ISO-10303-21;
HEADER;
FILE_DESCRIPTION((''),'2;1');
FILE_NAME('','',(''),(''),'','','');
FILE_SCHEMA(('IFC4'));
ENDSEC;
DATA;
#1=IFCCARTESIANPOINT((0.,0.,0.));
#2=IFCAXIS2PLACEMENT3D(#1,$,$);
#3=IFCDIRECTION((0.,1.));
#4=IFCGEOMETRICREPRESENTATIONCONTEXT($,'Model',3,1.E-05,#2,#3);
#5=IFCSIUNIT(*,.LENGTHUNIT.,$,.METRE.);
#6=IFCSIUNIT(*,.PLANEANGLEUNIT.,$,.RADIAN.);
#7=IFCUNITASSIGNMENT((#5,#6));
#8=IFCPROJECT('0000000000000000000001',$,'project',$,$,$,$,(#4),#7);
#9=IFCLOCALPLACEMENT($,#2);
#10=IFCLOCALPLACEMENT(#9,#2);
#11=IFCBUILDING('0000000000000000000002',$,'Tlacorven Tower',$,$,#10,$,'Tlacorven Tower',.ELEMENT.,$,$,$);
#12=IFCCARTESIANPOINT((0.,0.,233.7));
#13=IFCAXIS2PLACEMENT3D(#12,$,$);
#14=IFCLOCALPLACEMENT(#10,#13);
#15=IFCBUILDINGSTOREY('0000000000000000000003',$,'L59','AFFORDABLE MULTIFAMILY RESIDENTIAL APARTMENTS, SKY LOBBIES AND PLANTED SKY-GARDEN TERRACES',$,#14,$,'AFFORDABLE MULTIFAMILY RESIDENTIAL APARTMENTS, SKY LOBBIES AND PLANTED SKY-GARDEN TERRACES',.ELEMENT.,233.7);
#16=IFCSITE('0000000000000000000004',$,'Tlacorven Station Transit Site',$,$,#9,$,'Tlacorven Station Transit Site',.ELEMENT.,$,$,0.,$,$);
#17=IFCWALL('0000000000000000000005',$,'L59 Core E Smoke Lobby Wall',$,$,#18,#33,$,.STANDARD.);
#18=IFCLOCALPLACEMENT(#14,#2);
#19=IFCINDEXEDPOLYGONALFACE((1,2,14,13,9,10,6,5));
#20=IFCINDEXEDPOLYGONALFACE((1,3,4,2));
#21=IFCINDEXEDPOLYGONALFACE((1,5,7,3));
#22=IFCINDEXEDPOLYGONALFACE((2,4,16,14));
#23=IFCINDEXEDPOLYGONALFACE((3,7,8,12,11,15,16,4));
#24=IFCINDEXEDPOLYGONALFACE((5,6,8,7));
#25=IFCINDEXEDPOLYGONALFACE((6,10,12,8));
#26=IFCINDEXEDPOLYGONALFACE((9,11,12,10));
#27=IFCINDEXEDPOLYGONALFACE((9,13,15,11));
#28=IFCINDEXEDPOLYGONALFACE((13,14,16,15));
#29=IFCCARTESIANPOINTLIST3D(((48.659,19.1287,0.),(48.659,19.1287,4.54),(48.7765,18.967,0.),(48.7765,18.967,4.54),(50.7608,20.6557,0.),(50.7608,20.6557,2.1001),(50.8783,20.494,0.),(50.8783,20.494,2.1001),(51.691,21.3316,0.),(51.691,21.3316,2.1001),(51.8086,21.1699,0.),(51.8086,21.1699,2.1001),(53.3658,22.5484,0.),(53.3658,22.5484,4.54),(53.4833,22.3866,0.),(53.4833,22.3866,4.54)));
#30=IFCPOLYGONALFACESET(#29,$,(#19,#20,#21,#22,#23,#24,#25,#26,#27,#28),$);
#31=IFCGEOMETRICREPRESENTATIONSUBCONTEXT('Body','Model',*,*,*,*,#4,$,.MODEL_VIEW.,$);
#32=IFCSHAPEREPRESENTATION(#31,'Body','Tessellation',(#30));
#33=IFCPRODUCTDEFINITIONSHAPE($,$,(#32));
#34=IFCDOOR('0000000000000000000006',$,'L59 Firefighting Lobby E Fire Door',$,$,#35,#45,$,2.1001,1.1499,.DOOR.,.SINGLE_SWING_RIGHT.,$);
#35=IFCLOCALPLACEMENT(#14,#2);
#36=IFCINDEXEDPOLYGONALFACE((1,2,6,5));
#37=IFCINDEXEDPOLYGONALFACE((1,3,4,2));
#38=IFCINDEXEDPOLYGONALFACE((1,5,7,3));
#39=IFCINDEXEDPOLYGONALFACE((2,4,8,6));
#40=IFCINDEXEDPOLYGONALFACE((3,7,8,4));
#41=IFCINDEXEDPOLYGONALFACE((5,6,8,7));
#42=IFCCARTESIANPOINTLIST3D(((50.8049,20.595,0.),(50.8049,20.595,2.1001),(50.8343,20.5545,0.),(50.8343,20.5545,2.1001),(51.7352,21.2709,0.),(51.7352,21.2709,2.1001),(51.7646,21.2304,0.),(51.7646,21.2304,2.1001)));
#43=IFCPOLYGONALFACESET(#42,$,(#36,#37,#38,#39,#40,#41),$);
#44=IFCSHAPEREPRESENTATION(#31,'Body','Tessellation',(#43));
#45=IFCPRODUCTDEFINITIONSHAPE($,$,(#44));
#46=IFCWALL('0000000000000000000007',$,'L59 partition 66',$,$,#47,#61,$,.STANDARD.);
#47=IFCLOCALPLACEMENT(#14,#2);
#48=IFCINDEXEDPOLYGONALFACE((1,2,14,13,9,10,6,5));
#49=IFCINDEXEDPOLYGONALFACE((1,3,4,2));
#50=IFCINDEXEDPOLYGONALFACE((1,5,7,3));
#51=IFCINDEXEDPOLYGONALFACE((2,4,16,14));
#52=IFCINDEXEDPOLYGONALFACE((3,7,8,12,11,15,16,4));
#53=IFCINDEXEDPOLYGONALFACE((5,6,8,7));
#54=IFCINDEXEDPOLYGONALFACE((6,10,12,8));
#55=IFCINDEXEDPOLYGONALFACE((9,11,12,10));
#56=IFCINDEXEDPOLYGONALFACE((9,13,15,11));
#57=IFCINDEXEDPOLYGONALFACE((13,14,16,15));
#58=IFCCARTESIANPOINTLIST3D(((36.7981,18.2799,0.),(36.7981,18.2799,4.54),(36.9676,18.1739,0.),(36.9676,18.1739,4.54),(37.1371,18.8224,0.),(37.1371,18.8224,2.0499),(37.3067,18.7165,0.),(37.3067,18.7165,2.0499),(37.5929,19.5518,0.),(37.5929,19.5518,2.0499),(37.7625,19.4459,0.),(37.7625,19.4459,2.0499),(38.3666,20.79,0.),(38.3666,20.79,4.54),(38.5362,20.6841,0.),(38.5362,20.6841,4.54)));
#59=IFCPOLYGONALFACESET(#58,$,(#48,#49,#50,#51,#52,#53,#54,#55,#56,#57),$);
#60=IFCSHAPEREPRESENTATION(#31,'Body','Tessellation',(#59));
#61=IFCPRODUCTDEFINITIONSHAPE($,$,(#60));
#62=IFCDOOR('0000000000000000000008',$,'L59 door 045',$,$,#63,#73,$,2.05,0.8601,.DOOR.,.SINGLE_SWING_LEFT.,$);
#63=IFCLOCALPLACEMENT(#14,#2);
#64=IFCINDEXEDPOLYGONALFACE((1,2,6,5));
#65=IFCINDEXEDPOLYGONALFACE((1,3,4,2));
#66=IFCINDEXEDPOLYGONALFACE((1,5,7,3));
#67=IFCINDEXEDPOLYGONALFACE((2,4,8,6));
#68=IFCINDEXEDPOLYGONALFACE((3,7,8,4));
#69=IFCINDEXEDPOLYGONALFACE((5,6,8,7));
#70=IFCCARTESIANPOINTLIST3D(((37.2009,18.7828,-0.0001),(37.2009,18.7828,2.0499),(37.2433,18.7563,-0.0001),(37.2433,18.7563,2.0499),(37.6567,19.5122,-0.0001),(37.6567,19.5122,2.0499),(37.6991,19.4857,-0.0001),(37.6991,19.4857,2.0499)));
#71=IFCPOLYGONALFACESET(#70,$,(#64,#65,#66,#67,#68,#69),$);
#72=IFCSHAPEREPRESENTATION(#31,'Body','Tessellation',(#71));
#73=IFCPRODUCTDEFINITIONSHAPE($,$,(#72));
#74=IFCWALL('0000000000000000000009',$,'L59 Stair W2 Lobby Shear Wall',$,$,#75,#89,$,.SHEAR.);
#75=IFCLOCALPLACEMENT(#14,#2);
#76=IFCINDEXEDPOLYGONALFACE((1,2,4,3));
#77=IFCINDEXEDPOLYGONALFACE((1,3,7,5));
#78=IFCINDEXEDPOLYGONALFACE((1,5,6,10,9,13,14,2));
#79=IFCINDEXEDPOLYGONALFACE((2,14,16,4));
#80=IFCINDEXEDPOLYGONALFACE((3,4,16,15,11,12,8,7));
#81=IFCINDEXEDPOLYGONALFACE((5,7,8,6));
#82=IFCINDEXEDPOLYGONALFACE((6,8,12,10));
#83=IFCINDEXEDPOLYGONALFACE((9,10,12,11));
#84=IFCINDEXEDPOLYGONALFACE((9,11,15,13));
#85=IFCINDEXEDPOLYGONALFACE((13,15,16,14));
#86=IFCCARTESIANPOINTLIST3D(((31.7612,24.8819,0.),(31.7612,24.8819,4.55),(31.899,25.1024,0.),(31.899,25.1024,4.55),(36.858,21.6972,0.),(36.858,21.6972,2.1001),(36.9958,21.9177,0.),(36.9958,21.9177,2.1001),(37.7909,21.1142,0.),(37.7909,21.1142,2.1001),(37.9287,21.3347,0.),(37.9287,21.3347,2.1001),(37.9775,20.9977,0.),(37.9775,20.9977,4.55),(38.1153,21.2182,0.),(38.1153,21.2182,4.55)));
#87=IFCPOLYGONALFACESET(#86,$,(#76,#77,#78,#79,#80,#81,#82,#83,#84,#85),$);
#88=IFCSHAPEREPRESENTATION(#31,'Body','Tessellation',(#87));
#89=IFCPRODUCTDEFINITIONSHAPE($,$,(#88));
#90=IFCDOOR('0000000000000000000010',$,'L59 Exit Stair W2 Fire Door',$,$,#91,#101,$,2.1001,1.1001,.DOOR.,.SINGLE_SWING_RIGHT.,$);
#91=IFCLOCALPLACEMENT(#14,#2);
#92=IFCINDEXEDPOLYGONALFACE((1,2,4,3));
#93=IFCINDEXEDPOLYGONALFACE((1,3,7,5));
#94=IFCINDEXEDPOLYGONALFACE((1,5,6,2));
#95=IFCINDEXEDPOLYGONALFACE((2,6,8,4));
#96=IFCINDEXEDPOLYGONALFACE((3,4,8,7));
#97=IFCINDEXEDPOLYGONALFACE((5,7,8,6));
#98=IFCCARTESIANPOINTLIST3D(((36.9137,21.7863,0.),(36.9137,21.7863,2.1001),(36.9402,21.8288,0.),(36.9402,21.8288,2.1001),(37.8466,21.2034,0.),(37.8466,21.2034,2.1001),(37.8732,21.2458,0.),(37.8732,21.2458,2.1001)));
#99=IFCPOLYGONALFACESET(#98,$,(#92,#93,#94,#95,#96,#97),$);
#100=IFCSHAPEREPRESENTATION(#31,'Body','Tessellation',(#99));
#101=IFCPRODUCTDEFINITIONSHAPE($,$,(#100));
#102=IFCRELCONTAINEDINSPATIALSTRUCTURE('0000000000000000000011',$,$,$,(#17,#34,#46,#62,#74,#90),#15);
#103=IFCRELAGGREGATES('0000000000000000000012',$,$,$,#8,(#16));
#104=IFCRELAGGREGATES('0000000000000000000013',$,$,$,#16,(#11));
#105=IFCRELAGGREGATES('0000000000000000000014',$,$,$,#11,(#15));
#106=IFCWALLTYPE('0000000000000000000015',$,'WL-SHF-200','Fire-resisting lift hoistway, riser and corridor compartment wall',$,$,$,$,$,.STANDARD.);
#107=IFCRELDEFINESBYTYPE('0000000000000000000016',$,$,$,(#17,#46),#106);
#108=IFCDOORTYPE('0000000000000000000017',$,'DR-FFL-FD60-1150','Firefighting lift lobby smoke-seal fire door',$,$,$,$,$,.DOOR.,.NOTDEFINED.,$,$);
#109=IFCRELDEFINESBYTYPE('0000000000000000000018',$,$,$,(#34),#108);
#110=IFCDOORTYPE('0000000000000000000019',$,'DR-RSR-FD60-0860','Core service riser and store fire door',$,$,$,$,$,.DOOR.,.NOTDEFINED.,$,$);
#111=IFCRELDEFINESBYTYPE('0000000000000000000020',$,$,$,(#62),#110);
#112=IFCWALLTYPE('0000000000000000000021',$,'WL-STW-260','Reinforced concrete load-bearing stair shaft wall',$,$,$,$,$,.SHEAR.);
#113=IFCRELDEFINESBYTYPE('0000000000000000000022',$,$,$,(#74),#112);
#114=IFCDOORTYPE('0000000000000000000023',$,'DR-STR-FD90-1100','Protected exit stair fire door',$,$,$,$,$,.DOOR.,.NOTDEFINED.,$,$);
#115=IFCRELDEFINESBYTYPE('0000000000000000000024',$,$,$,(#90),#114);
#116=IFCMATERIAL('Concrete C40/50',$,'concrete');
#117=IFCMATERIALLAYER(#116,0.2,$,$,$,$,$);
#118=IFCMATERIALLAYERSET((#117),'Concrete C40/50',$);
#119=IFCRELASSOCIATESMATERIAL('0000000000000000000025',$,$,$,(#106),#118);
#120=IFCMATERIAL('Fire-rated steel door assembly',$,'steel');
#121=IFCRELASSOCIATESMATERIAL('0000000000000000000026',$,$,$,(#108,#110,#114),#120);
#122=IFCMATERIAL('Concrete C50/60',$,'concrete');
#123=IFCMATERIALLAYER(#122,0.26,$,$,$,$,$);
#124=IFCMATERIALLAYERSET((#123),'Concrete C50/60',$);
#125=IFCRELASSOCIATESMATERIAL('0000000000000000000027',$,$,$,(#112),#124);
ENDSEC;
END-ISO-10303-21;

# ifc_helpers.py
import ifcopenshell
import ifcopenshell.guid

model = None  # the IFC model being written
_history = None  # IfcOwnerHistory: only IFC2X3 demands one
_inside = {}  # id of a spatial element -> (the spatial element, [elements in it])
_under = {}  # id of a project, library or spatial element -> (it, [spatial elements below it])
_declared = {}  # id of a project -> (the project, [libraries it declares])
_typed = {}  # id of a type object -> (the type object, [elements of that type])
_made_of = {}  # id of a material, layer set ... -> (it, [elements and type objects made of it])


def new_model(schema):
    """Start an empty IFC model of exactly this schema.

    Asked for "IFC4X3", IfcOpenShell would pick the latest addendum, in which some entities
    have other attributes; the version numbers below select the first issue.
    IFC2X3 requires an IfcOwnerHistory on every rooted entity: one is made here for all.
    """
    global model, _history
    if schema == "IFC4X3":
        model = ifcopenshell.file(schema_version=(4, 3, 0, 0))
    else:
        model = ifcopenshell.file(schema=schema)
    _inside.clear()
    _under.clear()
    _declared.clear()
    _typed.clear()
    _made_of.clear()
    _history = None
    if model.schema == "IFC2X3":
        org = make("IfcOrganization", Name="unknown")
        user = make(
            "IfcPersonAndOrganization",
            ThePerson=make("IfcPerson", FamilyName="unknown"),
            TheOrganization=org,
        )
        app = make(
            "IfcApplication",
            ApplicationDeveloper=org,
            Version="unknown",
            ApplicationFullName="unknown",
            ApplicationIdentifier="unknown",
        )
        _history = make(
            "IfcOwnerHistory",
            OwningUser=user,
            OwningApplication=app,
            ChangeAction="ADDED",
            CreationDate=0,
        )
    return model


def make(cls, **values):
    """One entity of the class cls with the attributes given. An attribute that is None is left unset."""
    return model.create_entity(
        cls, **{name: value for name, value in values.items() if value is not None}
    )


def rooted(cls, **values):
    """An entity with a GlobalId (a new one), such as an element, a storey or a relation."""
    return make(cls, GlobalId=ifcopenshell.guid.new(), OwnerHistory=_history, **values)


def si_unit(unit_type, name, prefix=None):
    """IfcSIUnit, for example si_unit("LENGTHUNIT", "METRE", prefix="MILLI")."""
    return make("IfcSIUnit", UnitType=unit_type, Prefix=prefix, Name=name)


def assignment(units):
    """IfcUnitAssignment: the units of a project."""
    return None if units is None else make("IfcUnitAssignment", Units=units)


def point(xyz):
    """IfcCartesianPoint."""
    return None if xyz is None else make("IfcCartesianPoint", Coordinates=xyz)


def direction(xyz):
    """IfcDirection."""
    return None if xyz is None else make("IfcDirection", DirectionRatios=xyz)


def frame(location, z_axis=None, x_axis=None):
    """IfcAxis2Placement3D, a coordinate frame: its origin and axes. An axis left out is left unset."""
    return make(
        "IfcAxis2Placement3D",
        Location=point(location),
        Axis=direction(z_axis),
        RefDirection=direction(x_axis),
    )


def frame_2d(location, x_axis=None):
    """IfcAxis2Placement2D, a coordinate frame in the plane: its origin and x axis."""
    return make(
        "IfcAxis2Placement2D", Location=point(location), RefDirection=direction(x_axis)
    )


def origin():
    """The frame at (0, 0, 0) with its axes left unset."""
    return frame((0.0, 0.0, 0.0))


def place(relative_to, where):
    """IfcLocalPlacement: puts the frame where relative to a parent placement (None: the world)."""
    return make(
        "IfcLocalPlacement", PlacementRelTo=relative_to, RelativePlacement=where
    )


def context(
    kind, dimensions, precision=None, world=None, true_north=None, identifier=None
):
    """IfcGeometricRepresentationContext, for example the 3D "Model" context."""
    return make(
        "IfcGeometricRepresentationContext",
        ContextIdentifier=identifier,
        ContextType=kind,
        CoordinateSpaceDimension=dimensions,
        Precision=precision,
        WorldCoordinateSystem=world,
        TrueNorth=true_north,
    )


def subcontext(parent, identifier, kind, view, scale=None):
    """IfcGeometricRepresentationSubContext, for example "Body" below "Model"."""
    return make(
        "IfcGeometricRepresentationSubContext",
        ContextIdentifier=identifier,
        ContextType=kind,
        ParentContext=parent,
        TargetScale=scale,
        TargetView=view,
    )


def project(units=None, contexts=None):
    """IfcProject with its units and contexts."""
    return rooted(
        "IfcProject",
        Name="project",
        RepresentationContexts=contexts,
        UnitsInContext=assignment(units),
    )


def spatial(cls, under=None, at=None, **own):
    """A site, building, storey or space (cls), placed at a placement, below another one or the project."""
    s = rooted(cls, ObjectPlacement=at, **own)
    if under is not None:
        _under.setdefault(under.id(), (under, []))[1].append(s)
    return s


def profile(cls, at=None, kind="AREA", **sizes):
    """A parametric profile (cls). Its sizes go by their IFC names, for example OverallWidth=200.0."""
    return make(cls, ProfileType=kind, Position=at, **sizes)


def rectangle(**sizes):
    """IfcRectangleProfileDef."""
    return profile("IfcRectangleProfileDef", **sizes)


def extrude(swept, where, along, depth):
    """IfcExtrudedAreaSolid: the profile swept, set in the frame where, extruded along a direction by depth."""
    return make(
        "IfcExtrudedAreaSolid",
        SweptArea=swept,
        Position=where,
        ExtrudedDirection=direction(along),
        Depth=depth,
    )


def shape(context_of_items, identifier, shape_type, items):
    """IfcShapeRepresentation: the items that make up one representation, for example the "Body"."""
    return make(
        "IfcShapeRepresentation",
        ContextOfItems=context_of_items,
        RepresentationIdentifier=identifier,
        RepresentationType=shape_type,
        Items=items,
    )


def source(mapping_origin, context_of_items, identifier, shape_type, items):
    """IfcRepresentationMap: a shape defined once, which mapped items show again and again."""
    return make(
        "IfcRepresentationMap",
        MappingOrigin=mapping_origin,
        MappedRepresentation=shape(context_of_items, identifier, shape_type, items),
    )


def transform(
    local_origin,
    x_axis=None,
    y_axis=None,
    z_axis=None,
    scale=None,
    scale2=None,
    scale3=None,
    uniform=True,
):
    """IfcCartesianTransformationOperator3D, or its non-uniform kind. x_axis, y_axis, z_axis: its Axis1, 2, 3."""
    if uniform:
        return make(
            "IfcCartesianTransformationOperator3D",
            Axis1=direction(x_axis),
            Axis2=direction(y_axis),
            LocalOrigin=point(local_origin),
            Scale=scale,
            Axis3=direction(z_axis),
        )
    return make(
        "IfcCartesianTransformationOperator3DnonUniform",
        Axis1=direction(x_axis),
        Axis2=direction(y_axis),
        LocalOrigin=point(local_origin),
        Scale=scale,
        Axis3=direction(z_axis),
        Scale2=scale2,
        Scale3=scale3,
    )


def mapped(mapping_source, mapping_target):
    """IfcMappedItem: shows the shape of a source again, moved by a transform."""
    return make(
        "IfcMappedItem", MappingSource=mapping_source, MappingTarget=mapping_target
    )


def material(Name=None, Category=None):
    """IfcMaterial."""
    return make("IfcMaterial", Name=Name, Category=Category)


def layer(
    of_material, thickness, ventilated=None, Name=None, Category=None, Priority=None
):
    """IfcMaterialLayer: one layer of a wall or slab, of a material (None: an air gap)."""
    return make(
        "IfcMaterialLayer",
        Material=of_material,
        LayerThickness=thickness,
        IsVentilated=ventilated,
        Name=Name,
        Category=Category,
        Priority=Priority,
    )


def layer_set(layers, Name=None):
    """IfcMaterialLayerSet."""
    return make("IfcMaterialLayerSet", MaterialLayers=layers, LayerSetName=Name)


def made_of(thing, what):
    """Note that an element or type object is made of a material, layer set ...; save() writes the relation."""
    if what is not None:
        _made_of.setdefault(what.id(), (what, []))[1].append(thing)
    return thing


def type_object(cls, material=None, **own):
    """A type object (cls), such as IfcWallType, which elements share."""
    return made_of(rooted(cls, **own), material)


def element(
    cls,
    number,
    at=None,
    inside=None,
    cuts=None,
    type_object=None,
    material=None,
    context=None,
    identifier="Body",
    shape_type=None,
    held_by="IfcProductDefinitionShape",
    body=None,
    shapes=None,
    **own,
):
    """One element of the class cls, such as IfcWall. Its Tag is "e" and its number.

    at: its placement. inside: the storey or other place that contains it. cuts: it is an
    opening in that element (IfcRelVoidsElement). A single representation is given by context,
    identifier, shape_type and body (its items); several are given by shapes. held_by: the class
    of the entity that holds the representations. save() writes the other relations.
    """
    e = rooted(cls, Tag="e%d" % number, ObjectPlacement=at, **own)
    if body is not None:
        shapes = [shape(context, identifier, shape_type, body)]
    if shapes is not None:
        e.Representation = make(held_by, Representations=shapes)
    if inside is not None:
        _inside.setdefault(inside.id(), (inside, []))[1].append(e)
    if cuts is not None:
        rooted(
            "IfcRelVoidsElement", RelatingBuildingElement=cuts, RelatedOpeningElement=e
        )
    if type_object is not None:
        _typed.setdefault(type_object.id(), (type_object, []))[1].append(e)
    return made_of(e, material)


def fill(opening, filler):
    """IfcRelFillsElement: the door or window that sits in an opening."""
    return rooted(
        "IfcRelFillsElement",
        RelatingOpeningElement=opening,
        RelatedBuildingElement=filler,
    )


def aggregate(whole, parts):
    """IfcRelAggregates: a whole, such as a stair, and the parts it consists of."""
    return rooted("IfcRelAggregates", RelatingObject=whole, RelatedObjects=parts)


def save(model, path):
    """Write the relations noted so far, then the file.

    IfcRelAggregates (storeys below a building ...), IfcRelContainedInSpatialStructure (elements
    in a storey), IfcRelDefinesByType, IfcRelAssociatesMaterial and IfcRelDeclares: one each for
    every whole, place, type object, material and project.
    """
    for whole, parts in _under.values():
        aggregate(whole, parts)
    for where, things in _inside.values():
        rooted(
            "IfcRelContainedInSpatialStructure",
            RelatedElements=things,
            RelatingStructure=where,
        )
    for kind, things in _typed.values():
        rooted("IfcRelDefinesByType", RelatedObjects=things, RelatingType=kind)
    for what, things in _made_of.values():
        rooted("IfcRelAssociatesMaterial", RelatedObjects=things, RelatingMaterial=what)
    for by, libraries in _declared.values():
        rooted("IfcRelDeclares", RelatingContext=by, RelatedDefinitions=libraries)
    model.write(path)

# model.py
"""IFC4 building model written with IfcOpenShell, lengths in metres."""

from ifc_helpers import new_model, si_unit, direction, frame, frame_2d, origin, place, context, subcontext, project, spatial, rectangle, extrude, source, transform, mapped, material, layer, layer_set, type_object, element, fill, save


model = new_model("IFC4")

# Units and contexts
model_context = context("Model", 3, precision=1e-05, world=origin(), true_north=direction((0.0, 1.0)))
body_context = subcontext(model_context, "Body", "Model", "MODEL_VIEW")
ifc_project = project(units=[si_unit("LENGTHUNIT", "METRE"), si_unit("PLANEANGLEUNIT", "RADIAN")], contexts=[model_context])

# Site, building, storey
site_placement = place(None, origin())
site = spatial("IfcSite", under=ifc_project, at=site_placement, Name="Tlacorven Station Transit Site", LongName="Tlacorven Station Transit Site", CompositionType="ELEMENT", RefElevation=0.0)
building_placement = place(site_placement, origin())
building = spatial("IfcBuilding", under=site, at=building_placement, Name="Tlacorven Tower", LongName="Tlacorven Tower", CompositionType="ELEMENT")
storey_placement = place(building_placement, frame((0.0, 0.0, 233.7)))
storey = spatial("IfcBuildingStorey", under=building, at=storey_placement, Name="L59", Description="AFFORDABLE MULTIFAMILY RESIDENTIAL APARTMENTS, SKY LOBBIES AND PLANTED SKY-GARDEN TERRACES", LongName="AFFORDABLE MULTIFAMILY RESIDENTIAL APARTMENTS, SKY LOBBIES AND PLANTED SKY-GARDEN TERRACES", CompositionType="ELEMENT", Elevation=233.7)

# Shared definitions
ifc_material_1 = material(Name="Concrete C50/60", Category="concrete")

# Walls, openings, doors
ifc_material_2 = material(Name="Concrete C40/50", Category="concrete")
ifc_layer_1 = layer(ifc_material_2, 0.2)
ifc_layer_set_1 = layer_set([ifc_layer_1], Name="Concrete C40/50")
wall_type_1 = type_object("IfcWallType", Name="WL-SHF-200", Description="Fire-resisting lift hoistway, riser and corridor compartment wall", PredefinedType="STANDARD", material=ifc_layer_set_1)
ifc_material_3 = material(Name="Fire-rated steel door assembly", Category="steel")
door_type_1 = type_object("IfcDoorType", Name="DR-FFL-FD60-1150", Description="Firefighting lift lobby smoke-seal fire door", OperationType="NOTDEFINED", PredefinedType="DOOR", material=ifc_material_3)
shared_shape_1 = source(origin(), body_context, "Body", "SweptSolid", [
    extrude(rectangle(XDim=1.1499, YDim=2.1001, at=frame_2d((0.575, 1.05))), frame((0.0, 0.0249, 0.0), z_axis=(0.0, -1.0, 0.0), x_axis=(1.0, 0.0, 0.0)), (0.0, 0.0, 1.0), 0.05),
])
wall_1_placement = place(storey_placement, frame((48.7178, 19.0479, 0.0), z_axis=(0.0, 0.0, 1.0), x_axis=(0.809017, 0.587785, 0.0)))
wall_1 = element("IfcWall", 1, at=wall_1_placement, inside=storey, type_object=wall_type_1, Name="L59 Core E Smoke Lobby Wall", PredefinedType="STANDARD", context=body_context, shape_type="SweptSolid", body=[
    extrude(rectangle(XDim=5.8179, YDim=0.2, at=frame_2d((2.9089, 0.0))), origin(), (0.0, 0.0, 1.0), 4.54),
])
opening_1_placement = place(wall_1_placement, frame((2.5979, 0.0, 0.0)))
opening_1 = element("IfcOpeningElement", 2, at=opening_1_placement, cuts=wall_1, PredefinedType="OPENING", context=body_context, shape_type="SweptSolid", body=[
    extrude(rectangle(XDim=1.1499, YDim=2.1001, at=frame_2d((0.575, 1.05))), frame((0.0, 0.1099, 0.0), z_axis=(0.0, -1.0, 0.0), x_axis=(1.0, 0.0, 0.0)), (0.0, 0.0, 1.0), 0.22),
])
door_1_placement = place(opening_1_placement, origin())
door_1 = element("IfcDoor", 3, at=door_1_placement, inside=storey, type_object=door_type_1, Name="L59 Firefighting Lobby E Fire Door", OperationType="SINGLE_SWING_RIGHT", OverallHeight=2.1001, OverallWidth=1.1499, PredefinedType="DOOR", context=body_context, shape_type="MappedRepresentation", body=[
    mapped(shared_shape_1, transform((0.0, 0.0, 0.0), scale=1.0)),
])
fill(opening_1, door_1)
wall_2_placement = place(storey_placement, frame((38.4514, 20.7371, 0.0), z_axis=(0.0, 0.0, 1.0), x_axis=(-0.529925, -0.848045, 0.0)))
wall_2 = element("IfcWall", 4, at=wall_2_placement, inside=storey, type_object=wall_type_1, Name="L59 partition 66", PredefinedType="STANDARD", context=body_context, shape_type="SweptSolid", body=[
    extrude(rectangle(XDim=2.96, YDim=0.2, at=frame_2d((1.48, 0.0))), origin(), (0.0, 0.0, 1.0), 4.54),
])
opening_2_placement = place(wall_2_placement, frame((1.46, 0.0, 0.0)))
opening_2 = element("IfcOpeningElement", 5, at=opening_2_placement, cuts=wall_2, PredefinedType="OPENING", context=body_context, shape_type="SweptSolid", body=[
    extrude(rectangle(XDim=0.8601, YDim=2.05, at=frame_2d((0.4302, 1.0249))), frame((0.0, 0.1099, 0.0), z_axis=(0.0, -1.0, 0.0), x_axis=(1.0, 0.0, 0.0)), (0.0, 0.0, 1.0), 0.22),
])
door_type_2 = type_object("IfcDoorType", Name="DR-RSR-FD60-0860", Description="Core service riser and store fire door", OperationType="NOTDEFINED", PredefinedType="DOOR", material=ifc_material_3)
shared_shape_2 = source(origin(), body_context, "Body", "SweptSolid", [
    extrude(rectangle(XDim=0.8601, YDim=2.05, at=frame_2d((0.4302, 1.0249))), frame((0.0, 0.0249, 0.0), z_axis=(0.0, -1.0, 0.0), x_axis=(1.0, 0.0, 0.0)), (0.0, 0.0, 1.0), 0.05),
])
door_2_placement = place(opening_2_placement, frame((0.8601, 0.0, 0.0), z_axis=(0.0, 0.0, 1.0), x_axis=(-1.0, 0.0, 0.0)))
door_2 = element("IfcDoor", 6, at=door_2_placement, inside=storey, type_object=door_type_2, Name="L59 door 045", OperationType="SINGLE_SWING_LEFT", OverallHeight=2.05, OverallWidth=0.8601, PredefinedType="DOOR", context=body_context, shape_type="MappedRepresentation", body=[
    mapped(shared_shape_2, transform((0.0, 0.0, 0.0), scale=1.0)),
])
fill(opening_2, door_2)
ifc_layer_2 = layer(ifc_material_1, 0.26)
ifc_layer_set_2 = layer_set([ifc_layer_2], Name="Concrete C50/60")
wall_type_2 = type_object("IfcWallType", Name="WL-STW-260", Description="Reinforced concrete load-bearing stair shaft wall", PredefinedType="SHEAR", material=ifc_layer_set_2)
wall_3_placement = place(storey_placement, frame((38.0464, 21.1079, 0.0), z_axis=(0.0, 0.0, 1.0), x_axis=(-0.848054, 0.529909, 0.0)))
wall_3 = element("IfcWall", 7, at=wall_3_placement, inside=storey, type_object=wall_type_2, Name="L59 Stair W2 Lobby Shear Wall", PredefinedType="SHEAR", context=body_context, shape_type="SweptSolid", body=[
    extrude(rectangle(XDim=7.3301, YDim=0.26, at=frame_2d((3.665, 0.0))), origin(), (0.0, 0.0, 1.0), 4.55),
])
opening_3_placement = place(wall_3_placement, frame((0.22, 0.0, 0.0)))
opening_3 = element("IfcOpeningElement", 8, at=opening_3_placement, cuts=wall_3, PredefinedType="OPENING", context=body_context, shape_type="SweptSolid", body=[
    extrude(rectangle(XDim=1.1001, YDim=2.1001, at=frame_2d((0.55, 1.05))), frame((0.0, 0.1401, 0.0), z_axis=(0.0, -1.0, 0.0), x_axis=(1.0, 0.0, 0.0)), (0.0, 0.0, 1.0), 0.28),
])
door_type_3 = type_object("IfcDoorType", Name="DR-STR-FD90-1100", Description="Protected exit stair fire door", OperationType="NOTDEFINED", PredefinedType="DOOR", material=ifc_material_3)
shared_shape_3 = source(origin(), body_context, "Body", "SweptSolid", [
    extrude(rectangle(XDim=1.1001, YDim=2.1001, at=frame_2d((0.55, 1.05))), frame((0.0, 0.0249, 0.0), z_axis=(0.0, -1.0, 0.0), x_axis=(1.0, 0.0, 0.0)), (0.0, 0.0, 1.0), 0.05),
])
door_3_placement = place(opening_3_placement, origin())
door_3 = element("IfcDoor", 9, at=door_3_placement, inside=storey, type_object=door_type_3, Name="L59 Exit Stair W2 Fire Door", OperationType="SINGLE_SWING_RIGHT", OverallHeight=2.1001, OverallWidth=1.1001, PredefinedType="DOOR", context=body_context, shape_type="MappedRepresentation", body=[
    mapped(shared_shape_3, transform((0.0, 0.0, 0.0), scale=1.0)),
])
fill(opening_3, door_3)

save(model, "model.ifc")
